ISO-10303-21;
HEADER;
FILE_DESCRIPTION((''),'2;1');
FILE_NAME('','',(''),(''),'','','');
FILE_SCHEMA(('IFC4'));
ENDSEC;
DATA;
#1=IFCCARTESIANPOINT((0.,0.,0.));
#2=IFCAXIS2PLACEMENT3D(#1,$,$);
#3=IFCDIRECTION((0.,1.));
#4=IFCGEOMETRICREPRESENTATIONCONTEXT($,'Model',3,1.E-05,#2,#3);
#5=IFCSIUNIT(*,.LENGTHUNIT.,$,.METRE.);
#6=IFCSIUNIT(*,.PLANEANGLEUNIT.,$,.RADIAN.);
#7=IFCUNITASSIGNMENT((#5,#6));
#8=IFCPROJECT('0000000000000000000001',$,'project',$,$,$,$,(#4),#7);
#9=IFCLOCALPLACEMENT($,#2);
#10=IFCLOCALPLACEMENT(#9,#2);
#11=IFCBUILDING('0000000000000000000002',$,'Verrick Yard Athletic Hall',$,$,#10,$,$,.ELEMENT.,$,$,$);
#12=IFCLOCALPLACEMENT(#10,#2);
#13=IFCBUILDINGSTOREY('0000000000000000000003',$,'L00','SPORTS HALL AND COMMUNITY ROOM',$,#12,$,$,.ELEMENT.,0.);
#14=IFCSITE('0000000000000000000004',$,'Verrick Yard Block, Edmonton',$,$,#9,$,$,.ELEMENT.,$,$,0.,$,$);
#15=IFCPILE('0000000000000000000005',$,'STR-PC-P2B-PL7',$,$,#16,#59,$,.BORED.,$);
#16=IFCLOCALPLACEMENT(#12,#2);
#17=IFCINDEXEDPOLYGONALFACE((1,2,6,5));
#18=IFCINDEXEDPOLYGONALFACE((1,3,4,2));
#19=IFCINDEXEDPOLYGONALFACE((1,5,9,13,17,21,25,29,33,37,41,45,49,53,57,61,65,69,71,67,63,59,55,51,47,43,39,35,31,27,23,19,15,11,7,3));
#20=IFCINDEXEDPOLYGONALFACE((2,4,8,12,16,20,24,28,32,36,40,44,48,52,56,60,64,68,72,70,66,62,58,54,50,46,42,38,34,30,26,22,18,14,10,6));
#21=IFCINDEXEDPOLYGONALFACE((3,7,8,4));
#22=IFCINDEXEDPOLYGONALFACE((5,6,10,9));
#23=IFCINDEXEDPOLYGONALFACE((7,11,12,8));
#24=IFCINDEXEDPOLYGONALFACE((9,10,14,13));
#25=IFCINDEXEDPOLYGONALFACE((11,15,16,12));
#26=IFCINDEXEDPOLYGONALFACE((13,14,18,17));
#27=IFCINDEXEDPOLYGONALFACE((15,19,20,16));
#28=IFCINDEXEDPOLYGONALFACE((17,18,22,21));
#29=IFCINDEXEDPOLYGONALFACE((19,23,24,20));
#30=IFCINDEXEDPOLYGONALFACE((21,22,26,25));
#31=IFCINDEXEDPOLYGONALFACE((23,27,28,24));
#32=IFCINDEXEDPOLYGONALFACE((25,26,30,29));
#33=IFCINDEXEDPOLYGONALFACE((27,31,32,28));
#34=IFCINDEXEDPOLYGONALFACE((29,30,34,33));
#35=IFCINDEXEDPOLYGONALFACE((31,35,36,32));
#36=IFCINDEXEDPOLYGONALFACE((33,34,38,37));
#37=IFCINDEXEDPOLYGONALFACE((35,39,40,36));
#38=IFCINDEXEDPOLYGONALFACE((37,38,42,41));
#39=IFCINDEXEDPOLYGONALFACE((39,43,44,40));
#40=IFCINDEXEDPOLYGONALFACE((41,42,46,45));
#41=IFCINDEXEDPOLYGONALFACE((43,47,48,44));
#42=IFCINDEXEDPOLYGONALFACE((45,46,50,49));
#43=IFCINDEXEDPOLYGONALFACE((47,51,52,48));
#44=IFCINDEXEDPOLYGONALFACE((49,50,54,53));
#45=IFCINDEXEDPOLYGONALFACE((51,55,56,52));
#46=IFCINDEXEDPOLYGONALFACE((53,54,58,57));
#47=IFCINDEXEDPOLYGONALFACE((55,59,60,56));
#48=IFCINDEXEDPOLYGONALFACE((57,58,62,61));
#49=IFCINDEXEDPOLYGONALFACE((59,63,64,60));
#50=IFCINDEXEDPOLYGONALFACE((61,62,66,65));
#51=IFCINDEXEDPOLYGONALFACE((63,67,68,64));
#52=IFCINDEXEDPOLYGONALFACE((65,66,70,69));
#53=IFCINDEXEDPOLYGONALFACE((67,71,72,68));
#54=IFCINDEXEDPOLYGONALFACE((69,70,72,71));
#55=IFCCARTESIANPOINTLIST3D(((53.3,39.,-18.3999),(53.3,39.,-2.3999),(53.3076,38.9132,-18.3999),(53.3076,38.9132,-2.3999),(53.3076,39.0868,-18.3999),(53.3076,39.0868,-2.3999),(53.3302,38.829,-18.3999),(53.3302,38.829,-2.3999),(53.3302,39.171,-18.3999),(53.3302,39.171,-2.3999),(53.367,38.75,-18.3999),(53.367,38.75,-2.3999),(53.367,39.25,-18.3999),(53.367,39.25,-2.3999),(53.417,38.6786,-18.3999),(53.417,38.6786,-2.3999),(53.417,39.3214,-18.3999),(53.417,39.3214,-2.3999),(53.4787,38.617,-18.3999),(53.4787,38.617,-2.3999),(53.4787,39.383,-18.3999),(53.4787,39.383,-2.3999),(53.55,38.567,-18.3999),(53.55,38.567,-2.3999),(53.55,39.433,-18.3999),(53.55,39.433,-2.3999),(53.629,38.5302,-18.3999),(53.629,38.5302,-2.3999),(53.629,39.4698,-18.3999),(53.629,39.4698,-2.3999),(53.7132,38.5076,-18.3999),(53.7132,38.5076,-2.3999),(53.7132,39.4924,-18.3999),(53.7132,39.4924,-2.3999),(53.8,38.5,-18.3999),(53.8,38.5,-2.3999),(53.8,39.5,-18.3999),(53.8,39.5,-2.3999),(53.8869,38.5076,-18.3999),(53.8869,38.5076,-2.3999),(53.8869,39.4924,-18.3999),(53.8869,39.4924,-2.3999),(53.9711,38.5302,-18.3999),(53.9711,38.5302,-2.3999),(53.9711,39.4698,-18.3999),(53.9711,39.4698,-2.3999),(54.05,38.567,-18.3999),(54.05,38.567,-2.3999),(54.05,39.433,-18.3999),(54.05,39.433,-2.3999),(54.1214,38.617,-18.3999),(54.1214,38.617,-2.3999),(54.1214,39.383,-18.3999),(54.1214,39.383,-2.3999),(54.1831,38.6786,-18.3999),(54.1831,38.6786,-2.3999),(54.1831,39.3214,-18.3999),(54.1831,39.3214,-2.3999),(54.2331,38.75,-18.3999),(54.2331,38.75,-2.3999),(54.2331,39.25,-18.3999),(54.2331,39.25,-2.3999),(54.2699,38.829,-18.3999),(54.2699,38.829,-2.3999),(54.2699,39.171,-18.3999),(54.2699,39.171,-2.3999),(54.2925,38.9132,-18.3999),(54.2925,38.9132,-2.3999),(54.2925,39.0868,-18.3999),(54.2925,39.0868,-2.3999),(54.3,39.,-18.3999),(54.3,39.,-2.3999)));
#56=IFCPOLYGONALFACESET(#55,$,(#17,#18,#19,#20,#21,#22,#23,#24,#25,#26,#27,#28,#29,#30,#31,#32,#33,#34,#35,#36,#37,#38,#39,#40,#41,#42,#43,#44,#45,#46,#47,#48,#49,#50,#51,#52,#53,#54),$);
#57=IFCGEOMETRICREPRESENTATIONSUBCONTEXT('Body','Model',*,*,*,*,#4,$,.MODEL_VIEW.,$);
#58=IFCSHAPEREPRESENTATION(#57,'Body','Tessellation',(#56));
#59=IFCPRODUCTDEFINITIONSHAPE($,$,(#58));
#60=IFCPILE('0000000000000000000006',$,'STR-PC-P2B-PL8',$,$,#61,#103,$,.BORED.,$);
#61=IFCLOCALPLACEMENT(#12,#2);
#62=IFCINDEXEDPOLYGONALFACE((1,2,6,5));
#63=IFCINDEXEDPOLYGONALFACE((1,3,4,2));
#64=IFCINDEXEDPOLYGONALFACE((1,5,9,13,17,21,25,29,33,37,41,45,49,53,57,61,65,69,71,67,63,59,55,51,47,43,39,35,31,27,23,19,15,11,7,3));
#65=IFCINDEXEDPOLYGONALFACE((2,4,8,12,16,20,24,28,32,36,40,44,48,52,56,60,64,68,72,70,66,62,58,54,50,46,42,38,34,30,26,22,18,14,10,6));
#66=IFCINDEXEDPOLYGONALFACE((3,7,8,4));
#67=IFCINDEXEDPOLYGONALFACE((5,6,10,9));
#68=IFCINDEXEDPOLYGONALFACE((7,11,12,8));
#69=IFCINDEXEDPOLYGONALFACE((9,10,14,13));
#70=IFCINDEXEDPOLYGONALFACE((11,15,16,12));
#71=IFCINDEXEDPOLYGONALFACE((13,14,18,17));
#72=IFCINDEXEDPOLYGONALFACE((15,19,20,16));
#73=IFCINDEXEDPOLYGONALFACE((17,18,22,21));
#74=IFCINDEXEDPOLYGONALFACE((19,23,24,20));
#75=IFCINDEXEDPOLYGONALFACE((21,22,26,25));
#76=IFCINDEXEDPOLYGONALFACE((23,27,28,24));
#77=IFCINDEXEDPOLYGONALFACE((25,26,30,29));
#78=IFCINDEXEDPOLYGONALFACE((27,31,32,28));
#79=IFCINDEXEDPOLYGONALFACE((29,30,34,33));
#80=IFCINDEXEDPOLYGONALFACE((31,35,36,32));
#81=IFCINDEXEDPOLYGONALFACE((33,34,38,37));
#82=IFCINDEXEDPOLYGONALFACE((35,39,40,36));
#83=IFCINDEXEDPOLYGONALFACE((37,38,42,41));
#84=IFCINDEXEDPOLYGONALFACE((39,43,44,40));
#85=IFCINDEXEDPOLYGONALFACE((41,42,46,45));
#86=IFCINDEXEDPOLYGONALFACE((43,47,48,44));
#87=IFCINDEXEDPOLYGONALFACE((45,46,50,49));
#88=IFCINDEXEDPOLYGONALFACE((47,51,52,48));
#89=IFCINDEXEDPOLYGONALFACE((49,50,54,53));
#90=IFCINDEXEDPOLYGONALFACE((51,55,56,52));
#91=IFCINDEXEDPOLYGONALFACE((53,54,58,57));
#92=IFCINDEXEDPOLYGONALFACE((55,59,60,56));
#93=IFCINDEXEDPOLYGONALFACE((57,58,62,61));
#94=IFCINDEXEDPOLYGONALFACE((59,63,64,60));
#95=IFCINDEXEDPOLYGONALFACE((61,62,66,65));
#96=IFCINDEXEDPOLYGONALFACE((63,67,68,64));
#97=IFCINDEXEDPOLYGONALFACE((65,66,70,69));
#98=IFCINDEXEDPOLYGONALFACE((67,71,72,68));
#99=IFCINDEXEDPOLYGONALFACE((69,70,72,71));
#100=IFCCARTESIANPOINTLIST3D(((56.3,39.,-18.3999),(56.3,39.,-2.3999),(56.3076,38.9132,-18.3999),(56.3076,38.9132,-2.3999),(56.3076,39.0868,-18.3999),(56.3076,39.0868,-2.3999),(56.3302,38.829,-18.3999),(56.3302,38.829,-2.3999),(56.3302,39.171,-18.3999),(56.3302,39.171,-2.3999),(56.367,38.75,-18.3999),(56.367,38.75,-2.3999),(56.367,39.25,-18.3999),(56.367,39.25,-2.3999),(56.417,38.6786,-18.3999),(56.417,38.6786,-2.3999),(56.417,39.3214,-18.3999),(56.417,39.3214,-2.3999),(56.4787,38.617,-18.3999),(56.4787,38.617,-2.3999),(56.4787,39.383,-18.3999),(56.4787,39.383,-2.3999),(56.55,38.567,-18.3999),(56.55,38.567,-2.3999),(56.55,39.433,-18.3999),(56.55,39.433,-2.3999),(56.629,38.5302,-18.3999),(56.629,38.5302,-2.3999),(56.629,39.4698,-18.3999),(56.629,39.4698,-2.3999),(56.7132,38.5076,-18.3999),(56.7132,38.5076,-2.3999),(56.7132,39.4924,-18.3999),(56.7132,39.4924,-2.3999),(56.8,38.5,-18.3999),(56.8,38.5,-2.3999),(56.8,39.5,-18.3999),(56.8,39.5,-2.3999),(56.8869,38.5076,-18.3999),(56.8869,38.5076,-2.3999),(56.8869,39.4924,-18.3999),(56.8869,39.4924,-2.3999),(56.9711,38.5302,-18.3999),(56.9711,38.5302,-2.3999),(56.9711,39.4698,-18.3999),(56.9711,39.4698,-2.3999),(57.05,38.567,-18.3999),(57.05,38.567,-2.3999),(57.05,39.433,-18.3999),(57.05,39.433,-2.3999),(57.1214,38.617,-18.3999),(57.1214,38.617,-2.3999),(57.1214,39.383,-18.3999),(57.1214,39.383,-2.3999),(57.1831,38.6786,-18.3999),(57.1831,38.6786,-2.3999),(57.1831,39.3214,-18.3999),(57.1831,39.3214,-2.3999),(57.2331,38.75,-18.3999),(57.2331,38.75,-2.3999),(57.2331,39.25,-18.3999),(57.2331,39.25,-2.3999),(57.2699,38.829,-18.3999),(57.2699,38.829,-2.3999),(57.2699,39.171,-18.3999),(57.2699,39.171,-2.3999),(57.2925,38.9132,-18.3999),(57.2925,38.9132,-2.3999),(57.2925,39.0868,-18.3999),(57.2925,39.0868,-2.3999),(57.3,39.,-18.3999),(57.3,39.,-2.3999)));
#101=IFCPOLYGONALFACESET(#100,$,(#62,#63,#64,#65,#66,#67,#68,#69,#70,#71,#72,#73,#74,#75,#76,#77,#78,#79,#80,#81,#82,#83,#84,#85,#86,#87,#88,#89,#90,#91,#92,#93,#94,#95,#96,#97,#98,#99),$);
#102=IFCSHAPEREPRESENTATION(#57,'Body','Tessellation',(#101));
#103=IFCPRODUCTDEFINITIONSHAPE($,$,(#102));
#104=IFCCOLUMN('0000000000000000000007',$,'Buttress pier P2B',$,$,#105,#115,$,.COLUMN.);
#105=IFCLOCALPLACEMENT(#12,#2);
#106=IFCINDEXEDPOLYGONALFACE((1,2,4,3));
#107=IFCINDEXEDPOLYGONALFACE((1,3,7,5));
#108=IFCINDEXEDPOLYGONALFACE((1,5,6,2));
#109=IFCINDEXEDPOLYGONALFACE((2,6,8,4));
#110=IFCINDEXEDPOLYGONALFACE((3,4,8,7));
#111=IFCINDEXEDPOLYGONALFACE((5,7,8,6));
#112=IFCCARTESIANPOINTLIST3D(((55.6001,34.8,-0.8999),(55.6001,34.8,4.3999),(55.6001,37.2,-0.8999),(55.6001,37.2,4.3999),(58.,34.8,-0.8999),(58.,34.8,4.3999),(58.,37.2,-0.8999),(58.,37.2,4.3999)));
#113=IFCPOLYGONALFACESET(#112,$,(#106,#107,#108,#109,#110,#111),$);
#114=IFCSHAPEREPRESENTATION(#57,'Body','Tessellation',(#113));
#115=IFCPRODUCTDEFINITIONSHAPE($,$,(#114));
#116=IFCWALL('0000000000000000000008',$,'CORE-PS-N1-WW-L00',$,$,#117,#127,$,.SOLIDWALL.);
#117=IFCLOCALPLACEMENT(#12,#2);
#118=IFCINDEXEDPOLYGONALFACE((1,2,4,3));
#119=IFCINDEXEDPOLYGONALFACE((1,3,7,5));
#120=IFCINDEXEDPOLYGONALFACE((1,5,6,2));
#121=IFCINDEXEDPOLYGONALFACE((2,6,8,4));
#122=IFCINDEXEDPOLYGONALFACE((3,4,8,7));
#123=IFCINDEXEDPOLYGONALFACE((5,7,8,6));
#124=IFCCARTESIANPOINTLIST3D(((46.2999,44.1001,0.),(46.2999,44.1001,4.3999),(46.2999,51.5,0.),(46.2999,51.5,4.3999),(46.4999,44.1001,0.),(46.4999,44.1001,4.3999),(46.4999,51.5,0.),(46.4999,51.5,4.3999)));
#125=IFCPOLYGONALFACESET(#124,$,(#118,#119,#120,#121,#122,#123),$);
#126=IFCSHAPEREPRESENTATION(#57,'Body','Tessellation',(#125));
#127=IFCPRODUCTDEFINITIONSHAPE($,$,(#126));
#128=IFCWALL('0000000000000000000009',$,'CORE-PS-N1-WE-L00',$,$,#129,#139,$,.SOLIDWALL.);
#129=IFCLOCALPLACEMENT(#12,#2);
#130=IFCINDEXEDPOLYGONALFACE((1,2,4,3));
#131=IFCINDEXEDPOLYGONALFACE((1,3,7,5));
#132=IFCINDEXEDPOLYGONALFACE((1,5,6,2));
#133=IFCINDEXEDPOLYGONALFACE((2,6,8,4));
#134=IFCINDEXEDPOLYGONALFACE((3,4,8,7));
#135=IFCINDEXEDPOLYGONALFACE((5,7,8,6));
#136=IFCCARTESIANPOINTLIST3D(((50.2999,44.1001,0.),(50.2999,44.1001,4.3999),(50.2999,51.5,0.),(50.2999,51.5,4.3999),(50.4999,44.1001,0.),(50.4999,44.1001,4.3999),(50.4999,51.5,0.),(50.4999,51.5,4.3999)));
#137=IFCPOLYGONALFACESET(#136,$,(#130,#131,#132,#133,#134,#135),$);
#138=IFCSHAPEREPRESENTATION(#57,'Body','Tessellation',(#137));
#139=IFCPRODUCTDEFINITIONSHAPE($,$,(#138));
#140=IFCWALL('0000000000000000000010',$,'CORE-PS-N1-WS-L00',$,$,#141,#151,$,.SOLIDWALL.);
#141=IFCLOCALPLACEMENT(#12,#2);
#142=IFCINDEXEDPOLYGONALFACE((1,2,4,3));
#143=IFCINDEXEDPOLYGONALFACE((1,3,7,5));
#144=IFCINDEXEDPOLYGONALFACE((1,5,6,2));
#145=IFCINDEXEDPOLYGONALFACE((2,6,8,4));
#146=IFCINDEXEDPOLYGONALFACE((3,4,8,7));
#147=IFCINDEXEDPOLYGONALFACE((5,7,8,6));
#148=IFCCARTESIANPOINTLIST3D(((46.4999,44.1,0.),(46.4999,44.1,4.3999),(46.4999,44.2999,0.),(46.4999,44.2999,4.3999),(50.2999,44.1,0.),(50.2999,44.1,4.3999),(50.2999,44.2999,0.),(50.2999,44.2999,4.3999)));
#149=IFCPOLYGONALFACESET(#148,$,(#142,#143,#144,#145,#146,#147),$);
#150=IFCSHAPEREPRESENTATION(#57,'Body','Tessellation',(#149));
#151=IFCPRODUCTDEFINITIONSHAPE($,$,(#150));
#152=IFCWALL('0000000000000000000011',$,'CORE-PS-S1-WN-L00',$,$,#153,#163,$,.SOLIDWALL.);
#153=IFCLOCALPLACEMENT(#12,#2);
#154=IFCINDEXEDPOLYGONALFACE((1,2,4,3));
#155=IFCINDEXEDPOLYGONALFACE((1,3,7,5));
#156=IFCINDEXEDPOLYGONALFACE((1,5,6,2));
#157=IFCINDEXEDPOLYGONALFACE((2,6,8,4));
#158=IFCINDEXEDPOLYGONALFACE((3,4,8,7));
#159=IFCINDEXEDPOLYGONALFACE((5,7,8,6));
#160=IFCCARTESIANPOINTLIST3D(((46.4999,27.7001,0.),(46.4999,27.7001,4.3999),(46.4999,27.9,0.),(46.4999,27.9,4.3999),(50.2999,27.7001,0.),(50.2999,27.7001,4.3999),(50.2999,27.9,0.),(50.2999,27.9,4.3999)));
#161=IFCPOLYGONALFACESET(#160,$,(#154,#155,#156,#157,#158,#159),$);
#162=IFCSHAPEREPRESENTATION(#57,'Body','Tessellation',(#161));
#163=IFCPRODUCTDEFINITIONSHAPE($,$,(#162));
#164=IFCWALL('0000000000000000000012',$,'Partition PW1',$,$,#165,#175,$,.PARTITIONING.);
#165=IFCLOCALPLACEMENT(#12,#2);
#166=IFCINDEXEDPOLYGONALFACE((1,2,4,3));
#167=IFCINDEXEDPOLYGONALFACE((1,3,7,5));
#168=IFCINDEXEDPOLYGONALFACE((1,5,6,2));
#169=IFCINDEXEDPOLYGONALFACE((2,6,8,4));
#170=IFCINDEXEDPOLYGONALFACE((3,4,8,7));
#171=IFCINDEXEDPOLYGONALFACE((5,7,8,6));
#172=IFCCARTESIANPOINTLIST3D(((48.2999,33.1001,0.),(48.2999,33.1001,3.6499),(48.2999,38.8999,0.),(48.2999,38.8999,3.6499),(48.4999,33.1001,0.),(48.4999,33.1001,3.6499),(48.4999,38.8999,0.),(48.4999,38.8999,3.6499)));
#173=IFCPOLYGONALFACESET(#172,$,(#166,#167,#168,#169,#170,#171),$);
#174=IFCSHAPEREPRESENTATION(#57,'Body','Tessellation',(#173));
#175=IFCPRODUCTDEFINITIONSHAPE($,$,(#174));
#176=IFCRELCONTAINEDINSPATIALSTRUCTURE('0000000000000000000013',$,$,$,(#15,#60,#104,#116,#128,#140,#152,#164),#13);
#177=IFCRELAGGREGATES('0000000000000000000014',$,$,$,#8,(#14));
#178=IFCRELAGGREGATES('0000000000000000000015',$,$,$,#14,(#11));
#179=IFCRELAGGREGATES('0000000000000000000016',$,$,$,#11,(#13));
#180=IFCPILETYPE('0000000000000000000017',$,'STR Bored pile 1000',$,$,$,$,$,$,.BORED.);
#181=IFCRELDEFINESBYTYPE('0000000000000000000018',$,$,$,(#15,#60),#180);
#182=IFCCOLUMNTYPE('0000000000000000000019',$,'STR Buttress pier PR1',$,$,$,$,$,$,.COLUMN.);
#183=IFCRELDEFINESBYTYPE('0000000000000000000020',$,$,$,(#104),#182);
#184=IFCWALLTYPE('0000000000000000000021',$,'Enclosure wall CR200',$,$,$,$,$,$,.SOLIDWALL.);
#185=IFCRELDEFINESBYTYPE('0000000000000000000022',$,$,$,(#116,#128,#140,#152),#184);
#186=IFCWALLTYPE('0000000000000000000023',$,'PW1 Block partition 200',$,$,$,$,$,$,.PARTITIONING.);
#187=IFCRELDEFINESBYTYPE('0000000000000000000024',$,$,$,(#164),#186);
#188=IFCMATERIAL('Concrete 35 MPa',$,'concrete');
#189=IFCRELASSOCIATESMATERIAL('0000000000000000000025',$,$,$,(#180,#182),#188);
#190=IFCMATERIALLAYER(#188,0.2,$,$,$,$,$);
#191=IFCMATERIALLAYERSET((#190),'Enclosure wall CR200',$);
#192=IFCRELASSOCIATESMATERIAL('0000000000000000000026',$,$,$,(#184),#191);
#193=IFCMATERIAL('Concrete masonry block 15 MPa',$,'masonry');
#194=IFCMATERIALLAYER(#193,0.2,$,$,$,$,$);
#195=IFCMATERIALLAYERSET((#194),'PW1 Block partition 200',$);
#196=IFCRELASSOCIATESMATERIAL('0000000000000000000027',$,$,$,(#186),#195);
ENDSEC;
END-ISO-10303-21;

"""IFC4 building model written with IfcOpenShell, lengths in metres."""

from ifc_helpers import new_model, si_unit, direction, frame, frame_2d, origin, origin_2d, place, context, subcontext, project, spatial, rectangle, circle, extrude, material, layer, layer_set, material_profile, profile_set, type_object, element, save


model = new_model("IFC4")

# Units and contexts
model_context = context("Model", 3, precision=1e-05, world=origin(), true_north=direction((0.0, 1.0)))
body_context = subcontext(model_context, "Body", "Model", "MODEL_VIEW")
ifc_project = project(units=[si_unit("LENGTHUNIT", "METRE"), si_unit("PLANEANGLEUNIT", "RADIAN")], contexts=[model_context])

# Site, building, storey
site_placement = place(None, origin())
site = spatial("IfcSite", under=ifc_project, at=site_placement, Name="Verrick Yard Block, Edmonton", CompositionType="ELEMENT", RefElevation=0.0)
building_placement = place(site_placement, origin())
building = spatial("IfcBuilding", under=site, at=building_placement, Name="Verrick Yard Athletic Hall", CompositionType="ELEMENT")
storey_placement = place(building_placement, origin())
storey = spatial("IfcBuildingStorey", under=building, at=storey_placement, Name="L00", Description="SPORTS HALL AND COMMUNITY ROOM", CompositionType="ELEMENT", Elevation=0.0)

# Piles
ifc_material_1 = material(Name="Concrete 35 MPa", Category="concrete")
pile_type = type_object("IfcPileType", Name="STR Bored pile 1000", PredefinedType="BORED", material=ifc_material_1)
for number, where, z_axis, x_axis, name in (
    (1, (53.8, 39.0, -2.3999), (0.0, 0.0, -1.0), (1.0, 0.0, 0.0), "STR-PC-P2B-PL7"),
    (2, (56.8, 39.0, -2.3999), (0.0, 0.0, -1.0), (1.0, 0.0, 0.0), "STR-PC-P2B-PL8"),
):
    element("IfcPile", number, at=place(storey_placement, frame(where, z_axis=z_axis, x_axis=x_axis)), inside=storey, type_object=pile_type, Name=name, PredefinedType="BORED", context=body_context, shape_type="SweptSolid", body=[
        extrude(circle(Radius=0.5, at=origin_2d()), origin(), (0.0, 0.0, 1.0), 16.0),
    ])

# Column
ifc_material_profile = material_profile(ifc_material_1, rectangle(XDim=2.3999, YDim=2.3999, at=origin_2d()), Name="STR Buttress pier PR1")
ifc_profile_set = profile_set([ifc_material_profile], Name="Concrete 35 MPa")
column_type = type_object("IfcColumnType", Name="STR Buttress pier PR1", PredefinedType="COLUMN", material=ifc_profile_set)
column_placement = place(storey_placement, frame((56.8, 36.0, -0.8999), z_axis=(0.0, 0.0, 1.0), x_axis=(1.0, 0.0, 0.0)))
element("IfcColumn", 3, at=column_placement, inside=storey, type_object=column_type, Name="Buttress pier P2B", PredefinedType="COLUMN", context=body_context, shape_type="SweptSolid", body=[
    extrude(rectangle(XDim=2.3999, YDim=2.3999, at=origin_2d()), origin(), (0.0, 0.0, 1.0), 5.2998),
])

# Walls
ifc_layer_1 = layer(ifc_material_1, 0.2)
ifc_layer_set_1 = layer_set([ifc_layer_1], Name="Enclosure wall CR200")
wall_type_1 = type_object("IfcWallType", Name="Enclosure wall CR200", PredefinedType="SOLIDWALL", material=ifc_layer_set_1)
for number, where, z_axis, x_axis, name in (
    (4, (46.3999, 44.1001, 0.0), (0.0, 0.0, 1.0), (0.0, 1.0, 0.0), "CORE-PS-N1-WW-L00"),
    (5, (50.3999, 44.1001, 0.0), (0.0, 0.0, 1.0), (0.0, 1.0, 0.0), "CORE-PS-N1-WE-L00"),
):
    element("IfcWall", number, at=place(storey_placement, frame(where, z_axis=z_axis, x_axis=x_axis)), inside=storey, type_object=wall_type_1, Name=name, PredefinedType="SOLIDWALL", context=body_context, shape_type="SweptSolid", body=[
        extrude(rectangle(XDim=7.3999, YDim=0.2, at=frame_2d((3.7, 0.0))), origin(), (0.0, 0.0, 1.0), 4.3999),
    ])
for number, where, z_axis, x_axis, name in (
    (6, (46.5, 44.2, 0.0), (0.0, 0.0, 1.0), (1.0, 0.0, 0.0), "CORE-PS-N1-WS-L00"),
    (7, (46.5, 27.8, 0.0), (0.0, 0.0, 1.0), (1.0, 0.0, 0.0), "CORE-PS-S1-WN-L00"),
):
    element("IfcWall", number, at=place(storey_placement, frame(where, z_axis=z_axis, x_axis=x_axis)), inside=storey, type_object=wall_type_1, Name=name, PredefinedType="SOLIDWALL", context=body_context, shape_type="SweptSolid", body=[
        extrude(rectangle(XDim=3.8, YDim=0.2, at=frame_2d((1.8999, 0.0))), origin(), (0.0, 0.0, 1.0), 4.3999),
    ])
ifc_material_2 = material(Name="Concrete masonry block 15 MPa", Category="masonry")
ifc_layer_2 = layer(ifc_material_2, 0.2)
ifc_layer_set_2 = layer_set([ifc_layer_2], Name="PW1 Block partition 200")
wall_type_2 = type_object("IfcWallType", Name="PW1 Block partition 200", PredefinedType="PARTITIONING", material=ifc_layer_set_2)
wall_1_placement = place(storey_placement, frame((48.3999, 33.1001, 0.0), z_axis=(0.0, 0.0, 1.0), x_axis=(0.0, 1.0, 0.0)))
element("IfcWall", 8, at=wall_1_placement, inside=storey, type_object=wall_type_2, Name="Partition PW1", PredefinedType="PARTITIONING", context=body_context, shape_type="SweptSolid", body=[
    extrude(rectangle(XDim=5.7998, YDim=0.2, at=frame_2d((2.8999, 0.0))), origin(), (0.0, 0.0, 1.0), 3.6499),
])

save(model, "model.ifc")
